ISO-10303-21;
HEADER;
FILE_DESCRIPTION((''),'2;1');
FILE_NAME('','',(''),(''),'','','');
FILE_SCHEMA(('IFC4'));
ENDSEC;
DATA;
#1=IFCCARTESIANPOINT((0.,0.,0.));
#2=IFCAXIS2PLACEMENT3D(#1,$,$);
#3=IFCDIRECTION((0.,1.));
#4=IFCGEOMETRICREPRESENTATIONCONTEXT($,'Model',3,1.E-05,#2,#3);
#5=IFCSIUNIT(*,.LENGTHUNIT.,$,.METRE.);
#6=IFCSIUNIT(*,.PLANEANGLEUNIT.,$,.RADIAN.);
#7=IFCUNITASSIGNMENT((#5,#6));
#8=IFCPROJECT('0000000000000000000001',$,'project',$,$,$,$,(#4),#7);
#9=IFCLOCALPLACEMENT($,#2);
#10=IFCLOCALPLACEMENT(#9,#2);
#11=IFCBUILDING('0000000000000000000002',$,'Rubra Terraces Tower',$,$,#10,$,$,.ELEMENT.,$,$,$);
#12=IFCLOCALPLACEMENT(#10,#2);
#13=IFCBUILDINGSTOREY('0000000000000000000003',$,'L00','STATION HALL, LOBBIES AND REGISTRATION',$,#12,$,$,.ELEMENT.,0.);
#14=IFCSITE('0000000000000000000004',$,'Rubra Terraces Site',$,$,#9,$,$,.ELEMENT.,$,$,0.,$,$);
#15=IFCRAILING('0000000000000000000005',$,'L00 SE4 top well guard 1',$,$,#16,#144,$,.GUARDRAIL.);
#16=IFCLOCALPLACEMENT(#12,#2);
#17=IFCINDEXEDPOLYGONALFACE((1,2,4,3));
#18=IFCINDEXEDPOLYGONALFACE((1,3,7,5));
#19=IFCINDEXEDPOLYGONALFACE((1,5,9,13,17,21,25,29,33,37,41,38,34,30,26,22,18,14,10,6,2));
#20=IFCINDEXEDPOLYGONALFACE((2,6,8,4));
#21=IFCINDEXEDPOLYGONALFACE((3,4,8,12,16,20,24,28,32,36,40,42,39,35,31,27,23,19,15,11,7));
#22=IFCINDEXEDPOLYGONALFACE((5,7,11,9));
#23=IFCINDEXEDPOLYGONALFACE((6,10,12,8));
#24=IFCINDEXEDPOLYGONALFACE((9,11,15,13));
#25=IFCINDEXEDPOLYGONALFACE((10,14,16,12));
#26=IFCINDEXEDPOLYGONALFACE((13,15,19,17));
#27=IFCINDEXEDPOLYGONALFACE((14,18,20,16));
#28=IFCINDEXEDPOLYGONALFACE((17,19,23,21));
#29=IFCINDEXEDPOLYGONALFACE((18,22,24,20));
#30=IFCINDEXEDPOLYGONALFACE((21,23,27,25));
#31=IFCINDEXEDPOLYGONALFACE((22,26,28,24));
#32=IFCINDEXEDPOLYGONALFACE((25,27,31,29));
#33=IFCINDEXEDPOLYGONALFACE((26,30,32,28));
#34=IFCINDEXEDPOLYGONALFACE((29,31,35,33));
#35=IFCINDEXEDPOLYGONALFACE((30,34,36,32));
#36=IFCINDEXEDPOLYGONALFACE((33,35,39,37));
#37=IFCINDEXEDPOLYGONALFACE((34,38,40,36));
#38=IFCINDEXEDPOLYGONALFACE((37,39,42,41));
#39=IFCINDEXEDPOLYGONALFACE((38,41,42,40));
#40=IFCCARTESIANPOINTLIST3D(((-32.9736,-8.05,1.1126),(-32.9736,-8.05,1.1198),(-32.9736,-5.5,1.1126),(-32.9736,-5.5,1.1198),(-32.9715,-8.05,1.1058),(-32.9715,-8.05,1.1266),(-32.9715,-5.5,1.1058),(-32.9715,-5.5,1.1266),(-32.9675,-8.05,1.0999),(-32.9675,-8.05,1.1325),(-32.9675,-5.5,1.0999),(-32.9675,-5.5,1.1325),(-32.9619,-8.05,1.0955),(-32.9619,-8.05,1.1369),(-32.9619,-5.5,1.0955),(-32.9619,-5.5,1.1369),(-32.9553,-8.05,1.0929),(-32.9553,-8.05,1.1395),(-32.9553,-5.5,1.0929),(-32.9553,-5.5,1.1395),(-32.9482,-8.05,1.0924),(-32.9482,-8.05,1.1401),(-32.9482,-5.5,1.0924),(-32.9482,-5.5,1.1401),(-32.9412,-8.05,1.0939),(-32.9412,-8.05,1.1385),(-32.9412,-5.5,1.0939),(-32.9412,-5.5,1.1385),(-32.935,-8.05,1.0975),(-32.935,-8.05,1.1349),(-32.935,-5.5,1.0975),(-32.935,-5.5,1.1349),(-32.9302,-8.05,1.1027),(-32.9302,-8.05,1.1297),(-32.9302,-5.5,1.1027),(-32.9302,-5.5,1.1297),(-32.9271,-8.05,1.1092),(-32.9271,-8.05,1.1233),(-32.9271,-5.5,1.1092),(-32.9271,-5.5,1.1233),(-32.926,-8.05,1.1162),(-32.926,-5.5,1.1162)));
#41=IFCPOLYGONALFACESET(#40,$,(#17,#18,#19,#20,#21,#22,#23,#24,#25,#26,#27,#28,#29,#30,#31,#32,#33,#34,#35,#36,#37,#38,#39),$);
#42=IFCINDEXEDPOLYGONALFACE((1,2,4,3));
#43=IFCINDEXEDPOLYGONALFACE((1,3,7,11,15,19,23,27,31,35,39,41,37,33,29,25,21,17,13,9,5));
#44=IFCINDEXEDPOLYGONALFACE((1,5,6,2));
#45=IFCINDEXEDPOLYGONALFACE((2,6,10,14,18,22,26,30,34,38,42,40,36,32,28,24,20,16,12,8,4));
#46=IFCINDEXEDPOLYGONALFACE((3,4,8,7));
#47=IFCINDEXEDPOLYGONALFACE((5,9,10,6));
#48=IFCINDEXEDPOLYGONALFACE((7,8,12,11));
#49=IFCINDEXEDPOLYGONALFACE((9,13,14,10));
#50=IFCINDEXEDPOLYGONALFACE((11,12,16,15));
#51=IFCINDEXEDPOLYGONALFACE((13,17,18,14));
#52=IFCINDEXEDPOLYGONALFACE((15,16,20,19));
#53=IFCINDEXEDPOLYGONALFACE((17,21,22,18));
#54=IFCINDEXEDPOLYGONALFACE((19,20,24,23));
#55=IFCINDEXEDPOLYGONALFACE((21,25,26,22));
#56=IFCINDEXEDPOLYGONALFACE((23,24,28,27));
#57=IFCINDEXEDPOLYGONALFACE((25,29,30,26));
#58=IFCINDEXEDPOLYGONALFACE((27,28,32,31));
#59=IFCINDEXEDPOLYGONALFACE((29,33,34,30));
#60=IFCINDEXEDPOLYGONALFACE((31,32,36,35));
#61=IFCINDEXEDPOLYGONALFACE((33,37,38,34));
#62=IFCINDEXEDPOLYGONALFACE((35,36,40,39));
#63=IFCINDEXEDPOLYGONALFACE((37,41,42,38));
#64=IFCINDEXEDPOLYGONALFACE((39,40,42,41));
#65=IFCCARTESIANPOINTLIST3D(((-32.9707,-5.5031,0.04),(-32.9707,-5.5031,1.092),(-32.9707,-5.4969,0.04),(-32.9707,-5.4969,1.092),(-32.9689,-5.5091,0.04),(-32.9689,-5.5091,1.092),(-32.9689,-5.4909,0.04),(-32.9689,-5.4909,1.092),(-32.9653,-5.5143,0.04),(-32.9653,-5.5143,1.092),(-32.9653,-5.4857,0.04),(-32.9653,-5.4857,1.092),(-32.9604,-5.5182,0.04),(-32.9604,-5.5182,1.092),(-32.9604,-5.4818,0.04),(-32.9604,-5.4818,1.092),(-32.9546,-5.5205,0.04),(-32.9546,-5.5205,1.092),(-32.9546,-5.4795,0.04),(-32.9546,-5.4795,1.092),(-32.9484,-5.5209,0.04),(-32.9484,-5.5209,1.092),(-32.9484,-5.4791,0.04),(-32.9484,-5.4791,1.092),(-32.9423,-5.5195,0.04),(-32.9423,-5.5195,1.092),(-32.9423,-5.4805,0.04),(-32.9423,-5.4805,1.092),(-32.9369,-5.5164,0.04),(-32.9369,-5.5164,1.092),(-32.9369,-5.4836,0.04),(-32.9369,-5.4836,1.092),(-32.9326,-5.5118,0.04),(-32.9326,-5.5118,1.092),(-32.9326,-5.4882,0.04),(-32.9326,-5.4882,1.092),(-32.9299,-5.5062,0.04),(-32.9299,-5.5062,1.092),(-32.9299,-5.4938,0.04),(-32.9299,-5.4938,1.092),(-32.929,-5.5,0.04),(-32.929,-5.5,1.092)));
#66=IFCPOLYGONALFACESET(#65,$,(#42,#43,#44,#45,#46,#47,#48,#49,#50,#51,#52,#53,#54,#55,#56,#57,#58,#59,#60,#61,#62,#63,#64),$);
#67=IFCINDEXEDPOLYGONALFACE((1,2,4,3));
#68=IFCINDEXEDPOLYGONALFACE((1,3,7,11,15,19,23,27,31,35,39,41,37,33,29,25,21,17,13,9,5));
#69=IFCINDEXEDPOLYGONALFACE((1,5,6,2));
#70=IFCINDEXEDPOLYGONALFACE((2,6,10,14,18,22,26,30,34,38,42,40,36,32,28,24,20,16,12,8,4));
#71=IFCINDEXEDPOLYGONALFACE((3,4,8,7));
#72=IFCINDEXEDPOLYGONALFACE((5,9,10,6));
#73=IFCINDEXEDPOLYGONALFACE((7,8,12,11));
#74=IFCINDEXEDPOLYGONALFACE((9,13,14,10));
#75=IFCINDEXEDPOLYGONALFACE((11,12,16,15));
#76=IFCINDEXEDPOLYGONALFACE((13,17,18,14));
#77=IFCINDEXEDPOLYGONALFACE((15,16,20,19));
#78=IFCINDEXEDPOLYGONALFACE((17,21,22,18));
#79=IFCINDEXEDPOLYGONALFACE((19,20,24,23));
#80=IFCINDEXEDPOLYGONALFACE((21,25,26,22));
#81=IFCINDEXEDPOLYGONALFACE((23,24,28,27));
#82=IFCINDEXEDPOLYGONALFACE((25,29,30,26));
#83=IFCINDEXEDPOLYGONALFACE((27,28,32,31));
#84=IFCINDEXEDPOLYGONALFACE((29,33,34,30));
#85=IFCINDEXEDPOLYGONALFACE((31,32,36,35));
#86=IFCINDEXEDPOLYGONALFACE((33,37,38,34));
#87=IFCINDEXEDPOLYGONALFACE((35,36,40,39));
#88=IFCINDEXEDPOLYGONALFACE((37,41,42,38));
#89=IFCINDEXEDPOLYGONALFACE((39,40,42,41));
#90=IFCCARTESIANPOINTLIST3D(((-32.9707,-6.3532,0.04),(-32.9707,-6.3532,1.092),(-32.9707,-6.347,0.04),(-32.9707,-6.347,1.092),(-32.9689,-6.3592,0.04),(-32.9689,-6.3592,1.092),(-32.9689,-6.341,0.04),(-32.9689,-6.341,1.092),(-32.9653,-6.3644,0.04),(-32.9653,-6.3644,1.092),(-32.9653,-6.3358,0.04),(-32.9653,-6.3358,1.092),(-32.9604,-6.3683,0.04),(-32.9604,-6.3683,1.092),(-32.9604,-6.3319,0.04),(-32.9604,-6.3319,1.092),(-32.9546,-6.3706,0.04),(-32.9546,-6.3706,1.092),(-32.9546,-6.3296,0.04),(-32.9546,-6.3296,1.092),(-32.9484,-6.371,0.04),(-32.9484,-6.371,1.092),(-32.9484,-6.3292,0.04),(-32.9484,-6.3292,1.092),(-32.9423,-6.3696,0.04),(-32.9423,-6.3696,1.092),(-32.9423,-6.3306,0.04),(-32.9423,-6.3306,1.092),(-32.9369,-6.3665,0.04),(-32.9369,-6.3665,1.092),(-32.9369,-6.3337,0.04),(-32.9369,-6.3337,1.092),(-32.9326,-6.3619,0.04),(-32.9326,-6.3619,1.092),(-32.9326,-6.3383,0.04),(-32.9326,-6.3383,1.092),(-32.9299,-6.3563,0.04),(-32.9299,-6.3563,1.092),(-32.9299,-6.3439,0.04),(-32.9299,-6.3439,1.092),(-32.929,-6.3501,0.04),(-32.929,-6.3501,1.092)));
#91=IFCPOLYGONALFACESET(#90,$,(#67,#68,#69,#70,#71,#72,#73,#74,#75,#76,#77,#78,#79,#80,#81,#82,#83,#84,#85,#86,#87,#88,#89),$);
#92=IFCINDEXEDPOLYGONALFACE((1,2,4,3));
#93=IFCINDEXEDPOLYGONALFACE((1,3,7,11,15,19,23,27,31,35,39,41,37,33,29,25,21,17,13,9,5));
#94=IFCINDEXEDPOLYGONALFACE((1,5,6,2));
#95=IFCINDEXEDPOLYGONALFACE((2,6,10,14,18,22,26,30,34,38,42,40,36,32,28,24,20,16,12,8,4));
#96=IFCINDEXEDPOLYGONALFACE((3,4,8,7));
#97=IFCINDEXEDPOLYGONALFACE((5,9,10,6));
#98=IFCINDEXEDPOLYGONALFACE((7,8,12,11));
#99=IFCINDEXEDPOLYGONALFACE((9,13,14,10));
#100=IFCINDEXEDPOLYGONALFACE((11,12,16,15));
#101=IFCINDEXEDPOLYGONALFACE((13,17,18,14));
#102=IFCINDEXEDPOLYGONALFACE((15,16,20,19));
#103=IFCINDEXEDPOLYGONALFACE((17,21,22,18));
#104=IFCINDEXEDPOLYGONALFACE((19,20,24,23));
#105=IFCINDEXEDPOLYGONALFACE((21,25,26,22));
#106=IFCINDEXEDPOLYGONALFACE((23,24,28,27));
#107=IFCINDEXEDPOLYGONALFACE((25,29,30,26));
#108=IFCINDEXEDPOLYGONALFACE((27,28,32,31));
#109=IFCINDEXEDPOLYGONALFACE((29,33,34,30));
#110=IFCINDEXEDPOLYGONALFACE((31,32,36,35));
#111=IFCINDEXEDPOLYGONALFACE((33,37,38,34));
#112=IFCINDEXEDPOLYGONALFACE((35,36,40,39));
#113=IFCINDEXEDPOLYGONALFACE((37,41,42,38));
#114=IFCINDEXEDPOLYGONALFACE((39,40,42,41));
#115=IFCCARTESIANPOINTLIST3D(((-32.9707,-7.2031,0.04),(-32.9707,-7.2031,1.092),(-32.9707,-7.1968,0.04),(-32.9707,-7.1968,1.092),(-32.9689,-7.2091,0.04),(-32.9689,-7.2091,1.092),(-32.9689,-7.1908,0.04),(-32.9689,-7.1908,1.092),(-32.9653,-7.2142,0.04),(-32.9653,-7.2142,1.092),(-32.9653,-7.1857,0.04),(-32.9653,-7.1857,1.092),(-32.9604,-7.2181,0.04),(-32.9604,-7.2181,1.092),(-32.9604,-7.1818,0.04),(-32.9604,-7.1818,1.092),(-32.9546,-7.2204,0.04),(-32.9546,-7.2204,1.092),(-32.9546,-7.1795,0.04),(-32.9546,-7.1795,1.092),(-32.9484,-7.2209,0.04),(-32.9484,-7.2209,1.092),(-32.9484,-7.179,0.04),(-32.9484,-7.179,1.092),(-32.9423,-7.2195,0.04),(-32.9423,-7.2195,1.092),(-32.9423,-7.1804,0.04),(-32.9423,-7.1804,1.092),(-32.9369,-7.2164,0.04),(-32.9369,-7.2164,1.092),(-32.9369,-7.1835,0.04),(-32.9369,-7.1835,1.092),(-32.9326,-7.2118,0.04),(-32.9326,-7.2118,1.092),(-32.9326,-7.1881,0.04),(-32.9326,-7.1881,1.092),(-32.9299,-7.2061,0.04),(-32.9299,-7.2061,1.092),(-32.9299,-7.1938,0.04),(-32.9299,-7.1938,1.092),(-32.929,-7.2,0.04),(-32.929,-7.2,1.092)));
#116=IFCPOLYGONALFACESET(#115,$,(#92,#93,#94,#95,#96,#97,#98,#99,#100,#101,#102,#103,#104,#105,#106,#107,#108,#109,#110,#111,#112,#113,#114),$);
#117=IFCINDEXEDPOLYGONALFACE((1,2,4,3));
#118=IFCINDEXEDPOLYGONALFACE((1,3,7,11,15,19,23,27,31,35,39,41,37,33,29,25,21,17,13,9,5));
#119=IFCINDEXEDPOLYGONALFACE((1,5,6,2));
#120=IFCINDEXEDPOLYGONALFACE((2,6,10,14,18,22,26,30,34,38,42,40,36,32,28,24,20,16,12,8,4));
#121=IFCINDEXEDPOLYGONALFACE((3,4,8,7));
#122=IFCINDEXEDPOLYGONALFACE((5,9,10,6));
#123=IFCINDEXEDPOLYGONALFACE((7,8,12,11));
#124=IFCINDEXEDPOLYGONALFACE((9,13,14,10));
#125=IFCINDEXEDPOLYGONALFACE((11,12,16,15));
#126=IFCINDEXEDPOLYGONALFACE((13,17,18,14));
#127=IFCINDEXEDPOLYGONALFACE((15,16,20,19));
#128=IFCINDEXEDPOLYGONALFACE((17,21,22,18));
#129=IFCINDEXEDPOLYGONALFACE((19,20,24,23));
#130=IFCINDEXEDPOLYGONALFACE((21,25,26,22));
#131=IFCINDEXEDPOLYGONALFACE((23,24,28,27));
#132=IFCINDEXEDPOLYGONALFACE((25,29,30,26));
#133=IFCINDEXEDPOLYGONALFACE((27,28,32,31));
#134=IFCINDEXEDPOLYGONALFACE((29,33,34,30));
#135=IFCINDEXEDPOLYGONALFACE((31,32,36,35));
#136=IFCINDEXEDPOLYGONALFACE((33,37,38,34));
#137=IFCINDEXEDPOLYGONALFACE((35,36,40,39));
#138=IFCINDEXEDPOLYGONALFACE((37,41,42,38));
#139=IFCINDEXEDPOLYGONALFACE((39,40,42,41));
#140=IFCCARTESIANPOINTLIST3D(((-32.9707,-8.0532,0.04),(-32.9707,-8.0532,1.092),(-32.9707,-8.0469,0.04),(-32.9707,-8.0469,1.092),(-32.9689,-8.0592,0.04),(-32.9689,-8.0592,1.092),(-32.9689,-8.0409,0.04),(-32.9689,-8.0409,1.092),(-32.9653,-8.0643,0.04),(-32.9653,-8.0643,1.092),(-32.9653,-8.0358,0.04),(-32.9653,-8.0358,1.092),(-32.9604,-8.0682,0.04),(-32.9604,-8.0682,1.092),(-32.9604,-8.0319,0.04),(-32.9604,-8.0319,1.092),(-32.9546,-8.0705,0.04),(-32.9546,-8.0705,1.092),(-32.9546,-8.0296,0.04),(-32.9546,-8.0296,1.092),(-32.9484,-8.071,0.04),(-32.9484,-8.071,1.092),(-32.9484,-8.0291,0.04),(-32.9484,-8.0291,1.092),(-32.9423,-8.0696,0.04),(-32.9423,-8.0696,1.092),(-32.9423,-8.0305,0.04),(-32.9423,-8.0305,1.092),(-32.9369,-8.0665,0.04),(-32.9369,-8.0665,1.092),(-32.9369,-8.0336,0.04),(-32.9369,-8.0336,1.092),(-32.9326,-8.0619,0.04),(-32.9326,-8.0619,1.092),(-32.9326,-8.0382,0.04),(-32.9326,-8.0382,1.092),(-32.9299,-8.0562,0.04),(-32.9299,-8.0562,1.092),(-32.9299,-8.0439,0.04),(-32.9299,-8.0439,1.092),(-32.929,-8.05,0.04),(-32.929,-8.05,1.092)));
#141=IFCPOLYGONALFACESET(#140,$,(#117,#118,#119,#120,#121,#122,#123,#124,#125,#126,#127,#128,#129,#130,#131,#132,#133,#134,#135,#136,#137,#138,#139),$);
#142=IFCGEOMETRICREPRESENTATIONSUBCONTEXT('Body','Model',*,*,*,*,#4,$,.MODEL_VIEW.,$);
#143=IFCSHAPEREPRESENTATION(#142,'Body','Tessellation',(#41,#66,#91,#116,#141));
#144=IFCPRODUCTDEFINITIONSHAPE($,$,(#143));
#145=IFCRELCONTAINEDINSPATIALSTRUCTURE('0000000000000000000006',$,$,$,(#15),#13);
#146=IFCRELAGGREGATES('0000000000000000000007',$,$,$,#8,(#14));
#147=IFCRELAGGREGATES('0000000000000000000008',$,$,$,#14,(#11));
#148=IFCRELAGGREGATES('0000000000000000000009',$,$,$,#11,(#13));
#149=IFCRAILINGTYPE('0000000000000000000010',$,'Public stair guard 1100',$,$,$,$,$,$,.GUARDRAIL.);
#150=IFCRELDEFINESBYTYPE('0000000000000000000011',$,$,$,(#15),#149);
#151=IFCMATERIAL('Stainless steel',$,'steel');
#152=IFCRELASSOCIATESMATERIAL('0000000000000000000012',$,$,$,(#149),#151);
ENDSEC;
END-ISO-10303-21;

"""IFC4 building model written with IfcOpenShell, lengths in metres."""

from ifc_helpers import new_model, si_unit, direction, frame, origin, origin_2d, place, context, subcontext, project, spatial, circle, extrude, material, type_object, element, save


model = new_model("IFC4")

# Units and contexts
model_context = context("Model", 3, precision=1e-05, world=origin(), true_north=direction((0.0, 1.0)))
body_context = subcontext(model_context, "Body", "Model", "MODEL_VIEW")
ifc_project = project(units=[si_unit("LENGTHUNIT", "METRE"), si_unit("PLANEANGLEUNIT", "RADIAN")], contexts=[model_context])

# Site, building, storey
site_placement = place(None, origin())
site = spatial("IfcSite", under=ifc_project, at=site_placement, Name="Rubra Terraces Site", CompositionType="ELEMENT", RefElevation=0.0)
building_placement = place(site_placement, origin())
building = spatial("IfcBuilding", under=site, at=building_placement, Name="Rubra Terraces Tower", CompositionType="ELEMENT")
storey_placement = place(building_placement, origin())
storey = spatial("IfcBuildingStorey", under=building, at=storey_placement, Name="L00", Description="STATION HALL, LOBBIES AND REGISTRATION", CompositionType="ELEMENT", Elevation=0.0)

# Railing
ifc_material_1 = material(Name="Stainless steel", Category="steel")
railing_type_1 = type_object("IfcRailingType", Name="Public stair guard 1100", PredefinedType="GUARDRAIL", material=ifc_material_1)
railing_1_placement = place(storey_placement, frame((-32.95, -5.5, 0.04)))
element("IfcRailing", 1, at=railing_1_placement, inside=storey, type_object=railing_type_1, Name="L00 SE4 top well guard 1", PredefinedType="GUARDRAIL", context=body_context, shape_type="SweptSolid", body=[
    extrude(circle(Radius=0.0239, at=origin_2d()), frame((0.0, 0.0, 1.0762), z_axis=(0.0, -1.0, 0.0), x_axis=(1.0, 0.0, 0.0)), (0.0, 0.0, 1.0), 2.55),
    extrude(circle(Radius=0.021, at=origin_2d()), origin(), (0.0, 0.0, 1.0), 1.052),
    extrude(circle(Radius=0.021, at=origin_2d()), frame((0.0, -0.8501, 0.0)), (0.0, 0.0, 1.0), 1.052),
    extrude(circle(Radius=0.021, at=origin_2d()), frame((0.0, -1.7, 0.0)), (0.0, 0.0, 1.0), 1.052),
    extrude(circle(Radius=0.021, at=origin_2d()), frame((0.0, -2.55, 0.0)), (0.0, 0.0, 1.0), 1.052),
])

save(model, "model.ifc")
